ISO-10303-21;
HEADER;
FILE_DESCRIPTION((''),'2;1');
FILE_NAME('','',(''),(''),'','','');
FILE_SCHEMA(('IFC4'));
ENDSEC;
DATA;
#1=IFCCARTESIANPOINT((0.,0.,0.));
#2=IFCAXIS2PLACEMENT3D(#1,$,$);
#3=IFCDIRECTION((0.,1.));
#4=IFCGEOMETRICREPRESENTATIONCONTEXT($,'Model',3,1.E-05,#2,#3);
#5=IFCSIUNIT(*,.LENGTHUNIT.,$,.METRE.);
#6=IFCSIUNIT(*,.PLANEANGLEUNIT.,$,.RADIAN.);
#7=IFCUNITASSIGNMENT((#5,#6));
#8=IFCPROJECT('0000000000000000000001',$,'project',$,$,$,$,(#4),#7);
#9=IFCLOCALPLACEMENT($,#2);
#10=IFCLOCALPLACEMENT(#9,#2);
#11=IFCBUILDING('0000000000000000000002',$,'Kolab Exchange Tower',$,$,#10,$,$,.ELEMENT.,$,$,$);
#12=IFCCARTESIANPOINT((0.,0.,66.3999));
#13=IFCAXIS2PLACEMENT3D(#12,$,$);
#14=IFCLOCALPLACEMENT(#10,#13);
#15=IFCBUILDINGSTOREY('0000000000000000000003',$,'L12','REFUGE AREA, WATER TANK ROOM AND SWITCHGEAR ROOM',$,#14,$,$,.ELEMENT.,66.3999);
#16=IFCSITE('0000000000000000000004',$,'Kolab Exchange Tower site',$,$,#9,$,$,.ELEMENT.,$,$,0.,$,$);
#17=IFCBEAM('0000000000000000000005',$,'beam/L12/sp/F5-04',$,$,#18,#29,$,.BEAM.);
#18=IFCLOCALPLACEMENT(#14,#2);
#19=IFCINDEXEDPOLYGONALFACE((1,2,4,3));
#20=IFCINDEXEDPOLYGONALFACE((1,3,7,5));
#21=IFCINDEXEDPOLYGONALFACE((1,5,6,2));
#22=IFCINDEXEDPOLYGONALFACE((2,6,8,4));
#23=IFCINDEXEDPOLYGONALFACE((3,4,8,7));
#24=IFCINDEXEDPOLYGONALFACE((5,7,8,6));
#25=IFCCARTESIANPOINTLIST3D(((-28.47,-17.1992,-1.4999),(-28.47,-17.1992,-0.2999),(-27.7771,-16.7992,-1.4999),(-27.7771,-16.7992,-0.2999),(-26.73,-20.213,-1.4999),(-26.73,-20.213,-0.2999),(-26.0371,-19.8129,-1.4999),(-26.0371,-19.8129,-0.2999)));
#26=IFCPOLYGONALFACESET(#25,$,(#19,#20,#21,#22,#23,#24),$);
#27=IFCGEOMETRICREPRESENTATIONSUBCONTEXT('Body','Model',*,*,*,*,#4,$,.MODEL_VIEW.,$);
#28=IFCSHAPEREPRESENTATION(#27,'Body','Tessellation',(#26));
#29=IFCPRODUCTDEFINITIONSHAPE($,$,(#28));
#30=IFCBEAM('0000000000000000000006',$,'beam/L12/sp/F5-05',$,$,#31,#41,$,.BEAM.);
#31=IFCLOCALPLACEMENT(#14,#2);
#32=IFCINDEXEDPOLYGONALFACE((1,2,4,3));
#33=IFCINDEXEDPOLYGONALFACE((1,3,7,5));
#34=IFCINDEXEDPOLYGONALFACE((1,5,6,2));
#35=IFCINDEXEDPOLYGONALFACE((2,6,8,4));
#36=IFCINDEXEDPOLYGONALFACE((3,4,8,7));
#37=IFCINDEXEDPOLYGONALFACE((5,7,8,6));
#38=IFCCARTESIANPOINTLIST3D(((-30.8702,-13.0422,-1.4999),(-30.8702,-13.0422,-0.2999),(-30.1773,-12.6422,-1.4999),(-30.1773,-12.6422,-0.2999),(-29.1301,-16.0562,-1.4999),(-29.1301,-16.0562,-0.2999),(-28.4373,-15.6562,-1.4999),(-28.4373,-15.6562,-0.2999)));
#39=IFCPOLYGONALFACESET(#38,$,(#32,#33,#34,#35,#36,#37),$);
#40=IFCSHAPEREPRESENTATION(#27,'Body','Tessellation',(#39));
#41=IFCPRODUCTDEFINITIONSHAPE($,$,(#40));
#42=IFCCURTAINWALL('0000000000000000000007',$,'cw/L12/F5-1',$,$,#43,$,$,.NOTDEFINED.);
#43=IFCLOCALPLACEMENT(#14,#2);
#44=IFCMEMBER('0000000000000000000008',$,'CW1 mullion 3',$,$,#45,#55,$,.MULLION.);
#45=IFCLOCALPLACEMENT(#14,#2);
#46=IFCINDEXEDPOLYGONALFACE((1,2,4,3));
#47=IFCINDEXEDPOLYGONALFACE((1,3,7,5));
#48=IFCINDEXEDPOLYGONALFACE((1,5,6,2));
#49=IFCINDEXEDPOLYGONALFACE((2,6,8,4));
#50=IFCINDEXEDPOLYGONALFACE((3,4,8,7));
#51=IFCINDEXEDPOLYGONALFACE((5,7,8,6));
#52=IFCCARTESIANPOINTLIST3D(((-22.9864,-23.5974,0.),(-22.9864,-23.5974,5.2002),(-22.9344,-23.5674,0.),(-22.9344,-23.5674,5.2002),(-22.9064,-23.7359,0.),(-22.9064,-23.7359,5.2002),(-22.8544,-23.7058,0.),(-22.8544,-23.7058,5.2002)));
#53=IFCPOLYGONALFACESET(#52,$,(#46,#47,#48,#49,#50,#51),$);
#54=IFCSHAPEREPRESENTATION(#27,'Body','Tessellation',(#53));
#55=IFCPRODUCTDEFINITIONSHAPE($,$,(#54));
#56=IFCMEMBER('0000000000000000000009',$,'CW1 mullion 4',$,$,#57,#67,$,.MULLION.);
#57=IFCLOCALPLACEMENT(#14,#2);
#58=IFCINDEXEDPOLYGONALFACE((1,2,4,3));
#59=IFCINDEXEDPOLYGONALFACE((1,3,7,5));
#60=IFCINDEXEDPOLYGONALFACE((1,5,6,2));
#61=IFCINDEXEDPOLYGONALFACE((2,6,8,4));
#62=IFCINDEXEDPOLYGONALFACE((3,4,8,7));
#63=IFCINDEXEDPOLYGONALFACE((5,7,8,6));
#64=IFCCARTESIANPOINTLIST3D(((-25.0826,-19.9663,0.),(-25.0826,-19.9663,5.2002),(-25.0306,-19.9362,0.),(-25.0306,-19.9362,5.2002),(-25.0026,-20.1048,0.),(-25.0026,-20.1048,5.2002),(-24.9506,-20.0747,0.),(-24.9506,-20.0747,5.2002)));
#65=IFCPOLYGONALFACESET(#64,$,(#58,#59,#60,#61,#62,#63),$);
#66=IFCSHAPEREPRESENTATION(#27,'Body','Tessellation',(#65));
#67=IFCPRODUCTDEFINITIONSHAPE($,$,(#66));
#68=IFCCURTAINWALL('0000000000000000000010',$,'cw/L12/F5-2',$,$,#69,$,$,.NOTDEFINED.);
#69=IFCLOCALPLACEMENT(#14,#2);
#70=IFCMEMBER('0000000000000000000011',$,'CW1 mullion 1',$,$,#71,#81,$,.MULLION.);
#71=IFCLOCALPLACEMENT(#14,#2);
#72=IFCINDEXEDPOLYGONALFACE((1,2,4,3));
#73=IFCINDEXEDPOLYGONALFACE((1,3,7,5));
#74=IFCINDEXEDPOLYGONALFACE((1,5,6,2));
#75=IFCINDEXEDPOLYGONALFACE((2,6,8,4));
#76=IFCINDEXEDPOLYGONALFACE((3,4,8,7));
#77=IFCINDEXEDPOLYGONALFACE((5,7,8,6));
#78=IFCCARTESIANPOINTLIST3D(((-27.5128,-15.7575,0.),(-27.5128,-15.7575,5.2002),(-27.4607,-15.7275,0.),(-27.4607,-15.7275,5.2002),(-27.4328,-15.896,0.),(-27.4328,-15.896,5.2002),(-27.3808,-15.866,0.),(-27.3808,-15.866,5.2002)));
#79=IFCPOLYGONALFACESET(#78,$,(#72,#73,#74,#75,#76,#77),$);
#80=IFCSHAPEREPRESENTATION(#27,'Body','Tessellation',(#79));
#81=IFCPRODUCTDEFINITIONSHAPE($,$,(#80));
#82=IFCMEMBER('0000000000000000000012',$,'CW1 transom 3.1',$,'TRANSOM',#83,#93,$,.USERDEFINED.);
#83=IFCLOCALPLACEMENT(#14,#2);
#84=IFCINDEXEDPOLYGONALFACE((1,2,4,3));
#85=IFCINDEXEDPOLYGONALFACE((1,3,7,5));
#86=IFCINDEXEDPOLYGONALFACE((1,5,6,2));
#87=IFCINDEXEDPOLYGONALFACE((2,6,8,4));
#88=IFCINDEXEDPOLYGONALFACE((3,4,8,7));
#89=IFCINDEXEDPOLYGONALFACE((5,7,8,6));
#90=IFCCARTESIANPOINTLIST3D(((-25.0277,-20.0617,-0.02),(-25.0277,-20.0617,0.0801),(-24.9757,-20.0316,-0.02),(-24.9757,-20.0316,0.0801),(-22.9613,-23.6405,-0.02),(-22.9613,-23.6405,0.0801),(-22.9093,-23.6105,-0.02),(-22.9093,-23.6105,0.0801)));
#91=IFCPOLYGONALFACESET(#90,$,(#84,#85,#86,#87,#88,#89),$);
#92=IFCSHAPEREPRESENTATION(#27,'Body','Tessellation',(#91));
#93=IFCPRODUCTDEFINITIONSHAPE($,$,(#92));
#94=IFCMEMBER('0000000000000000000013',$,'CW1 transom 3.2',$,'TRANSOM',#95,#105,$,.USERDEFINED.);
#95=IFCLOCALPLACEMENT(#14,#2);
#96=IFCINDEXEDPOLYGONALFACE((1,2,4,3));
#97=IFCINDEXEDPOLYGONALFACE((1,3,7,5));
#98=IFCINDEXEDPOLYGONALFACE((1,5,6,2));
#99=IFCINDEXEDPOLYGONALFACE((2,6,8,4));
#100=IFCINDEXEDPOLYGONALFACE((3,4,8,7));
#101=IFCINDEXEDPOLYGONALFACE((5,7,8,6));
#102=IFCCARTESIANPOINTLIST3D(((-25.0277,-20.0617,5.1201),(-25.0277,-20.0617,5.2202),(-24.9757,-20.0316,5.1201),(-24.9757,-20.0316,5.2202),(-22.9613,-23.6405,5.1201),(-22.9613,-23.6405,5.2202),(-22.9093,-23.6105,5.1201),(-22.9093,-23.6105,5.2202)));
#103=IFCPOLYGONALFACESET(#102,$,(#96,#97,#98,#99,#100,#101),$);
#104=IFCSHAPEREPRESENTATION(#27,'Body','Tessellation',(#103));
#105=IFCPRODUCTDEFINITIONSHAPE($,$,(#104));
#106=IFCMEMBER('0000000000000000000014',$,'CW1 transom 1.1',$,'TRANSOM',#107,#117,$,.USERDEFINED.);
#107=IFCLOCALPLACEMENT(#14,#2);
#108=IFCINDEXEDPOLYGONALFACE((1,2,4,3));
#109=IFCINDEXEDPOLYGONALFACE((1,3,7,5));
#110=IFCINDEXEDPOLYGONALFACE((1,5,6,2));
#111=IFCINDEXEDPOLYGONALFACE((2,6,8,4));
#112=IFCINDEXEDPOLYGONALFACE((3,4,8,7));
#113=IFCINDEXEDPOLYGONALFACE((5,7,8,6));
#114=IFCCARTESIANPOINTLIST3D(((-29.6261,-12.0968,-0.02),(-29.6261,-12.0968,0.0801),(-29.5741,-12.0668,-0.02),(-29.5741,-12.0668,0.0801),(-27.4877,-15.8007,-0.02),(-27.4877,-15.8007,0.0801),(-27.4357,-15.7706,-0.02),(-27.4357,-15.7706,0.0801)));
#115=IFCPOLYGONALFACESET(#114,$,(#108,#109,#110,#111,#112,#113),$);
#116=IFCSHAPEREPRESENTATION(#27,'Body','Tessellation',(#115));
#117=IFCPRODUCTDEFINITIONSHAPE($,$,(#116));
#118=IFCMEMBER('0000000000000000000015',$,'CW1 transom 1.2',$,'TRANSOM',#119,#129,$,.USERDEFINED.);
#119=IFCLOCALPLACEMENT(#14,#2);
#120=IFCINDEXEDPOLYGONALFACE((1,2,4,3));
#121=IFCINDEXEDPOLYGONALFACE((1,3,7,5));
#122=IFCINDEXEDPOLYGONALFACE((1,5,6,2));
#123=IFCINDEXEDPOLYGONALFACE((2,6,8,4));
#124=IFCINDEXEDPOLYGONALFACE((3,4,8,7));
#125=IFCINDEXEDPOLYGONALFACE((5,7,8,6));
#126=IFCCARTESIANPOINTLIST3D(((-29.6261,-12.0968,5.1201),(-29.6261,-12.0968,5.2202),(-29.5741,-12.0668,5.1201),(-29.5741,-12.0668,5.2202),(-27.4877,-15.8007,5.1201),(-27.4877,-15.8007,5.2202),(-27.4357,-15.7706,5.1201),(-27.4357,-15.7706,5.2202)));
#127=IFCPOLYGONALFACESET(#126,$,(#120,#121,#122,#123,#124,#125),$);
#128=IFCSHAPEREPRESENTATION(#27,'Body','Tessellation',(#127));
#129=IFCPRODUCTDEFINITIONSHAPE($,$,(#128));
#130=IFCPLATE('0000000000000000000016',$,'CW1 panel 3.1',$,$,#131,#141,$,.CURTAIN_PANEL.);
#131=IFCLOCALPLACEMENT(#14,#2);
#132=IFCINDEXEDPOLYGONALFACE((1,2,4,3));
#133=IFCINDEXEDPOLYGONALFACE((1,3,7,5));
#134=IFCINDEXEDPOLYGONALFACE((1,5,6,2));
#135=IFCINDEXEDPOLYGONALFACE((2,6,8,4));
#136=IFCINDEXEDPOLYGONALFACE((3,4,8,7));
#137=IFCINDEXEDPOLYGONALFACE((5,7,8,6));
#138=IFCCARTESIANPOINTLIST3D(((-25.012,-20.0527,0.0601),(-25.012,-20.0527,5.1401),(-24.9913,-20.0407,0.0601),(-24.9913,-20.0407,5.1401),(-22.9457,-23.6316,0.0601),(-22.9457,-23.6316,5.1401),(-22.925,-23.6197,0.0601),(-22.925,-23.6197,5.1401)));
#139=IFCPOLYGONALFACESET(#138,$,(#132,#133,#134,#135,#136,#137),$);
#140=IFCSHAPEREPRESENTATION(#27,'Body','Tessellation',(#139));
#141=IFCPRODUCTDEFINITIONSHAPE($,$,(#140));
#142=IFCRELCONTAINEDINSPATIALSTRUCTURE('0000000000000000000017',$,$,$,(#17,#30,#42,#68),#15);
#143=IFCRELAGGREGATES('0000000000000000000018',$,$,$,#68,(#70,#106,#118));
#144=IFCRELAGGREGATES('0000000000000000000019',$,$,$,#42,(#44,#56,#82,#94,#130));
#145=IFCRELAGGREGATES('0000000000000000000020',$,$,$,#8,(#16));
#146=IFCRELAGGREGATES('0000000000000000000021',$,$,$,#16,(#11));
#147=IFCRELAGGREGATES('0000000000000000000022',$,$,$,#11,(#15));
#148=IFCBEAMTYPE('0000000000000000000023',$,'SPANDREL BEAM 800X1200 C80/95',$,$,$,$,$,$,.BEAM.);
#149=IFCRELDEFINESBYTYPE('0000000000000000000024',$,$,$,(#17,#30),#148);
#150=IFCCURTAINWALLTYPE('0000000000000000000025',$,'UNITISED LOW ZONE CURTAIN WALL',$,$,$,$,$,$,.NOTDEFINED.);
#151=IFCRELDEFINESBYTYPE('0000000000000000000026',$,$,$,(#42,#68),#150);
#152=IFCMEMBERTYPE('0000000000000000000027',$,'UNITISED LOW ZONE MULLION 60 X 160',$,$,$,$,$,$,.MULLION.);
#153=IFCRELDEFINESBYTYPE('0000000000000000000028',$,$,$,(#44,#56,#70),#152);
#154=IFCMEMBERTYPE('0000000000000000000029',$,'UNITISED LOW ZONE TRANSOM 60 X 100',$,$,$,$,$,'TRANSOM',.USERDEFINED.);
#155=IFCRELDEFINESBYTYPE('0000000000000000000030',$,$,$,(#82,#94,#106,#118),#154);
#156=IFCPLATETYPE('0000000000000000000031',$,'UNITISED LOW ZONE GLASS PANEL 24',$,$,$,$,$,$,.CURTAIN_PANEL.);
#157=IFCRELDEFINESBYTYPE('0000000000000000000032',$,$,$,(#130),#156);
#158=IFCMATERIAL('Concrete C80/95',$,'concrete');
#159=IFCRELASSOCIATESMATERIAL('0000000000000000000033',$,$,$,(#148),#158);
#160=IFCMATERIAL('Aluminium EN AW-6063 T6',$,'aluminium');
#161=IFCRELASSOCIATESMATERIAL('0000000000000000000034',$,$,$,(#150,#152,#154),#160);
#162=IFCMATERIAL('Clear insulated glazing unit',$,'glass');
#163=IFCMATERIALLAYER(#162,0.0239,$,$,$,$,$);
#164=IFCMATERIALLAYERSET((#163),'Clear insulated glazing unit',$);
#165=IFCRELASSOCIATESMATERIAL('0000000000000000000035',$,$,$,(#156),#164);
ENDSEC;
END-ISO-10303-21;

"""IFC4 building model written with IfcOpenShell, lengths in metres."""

from ifc_helpers import new_model, si_unit, direction, frame, origin, origin_2d, place, context, subcontext, project, spatial, rectangle, extrude, material, layer, layer_set, material_profile, profile_set, type_object, element, aggregate, save


model = new_model("IFC4")

# Units and contexts
model_context = context("Model", 3, precision=1e-05, world=origin(), true_north=direction((0.0, 1.0)))
body_context = subcontext(model_context, "Body", "Model", "MODEL_VIEW")
ifc_project = project(units=[si_unit("LENGTHUNIT", "METRE"), si_unit("PLANEANGLEUNIT", "RADIAN")], contexts=[model_context])

# Site, building, storey
site_placement = place(None, origin())
site = spatial("IfcSite", under=ifc_project, at=site_placement, Name="Kolab Exchange Tower site", CompositionType="ELEMENT", RefElevation=0.0)
building_placement = place(site_placement, origin())
building = spatial("IfcBuilding", under=site, at=building_placement, Name="Kolab Exchange Tower", CompositionType="ELEMENT")
storey_placement = place(building_placement, frame((0.0, 0.0, 66.3999)))
storey = spatial("IfcBuildingStorey", under=building, at=storey_placement, Name="L12", Description="REFUGE AREA, WATER TANK ROOM AND SWITCHGEAR ROOM", CompositionType="ELEMENT", Elevation=66.3999)

# Shared definitions
ifc_material_1 = material(Name="Concrete C80/95", Category="concrete")

# Beams
ifc_material_profile_1 = material_profile(ifc_material_1, rectangle(XDim=0.8, YDim=1.2, at=origin_2d()), Name="RC800X1200")
ifc_profile_set_1 = profile_set([ifc_material_profile_1], Name="Concrete C80/95")
beam_type_1 = type_object("IfcBeamType", Name="SPANDREL BEAM 800X1200 C80/95", PredefinedType="BEAM", material=ifc_profile_set_1)
beam_1_placement = place(storey_placement, frame((-26.3835, -20.0129, -0.8999), z_axis=(-0.50001, 0.86602, 0.0), x_axis=(-0.86602, -0.50001, 0.0)))
element("IfcBeam", 1, at=beam_1_placement, inside=storey, type_object=beam_type_1, Name="beam/L12/sp/F5-04", PredefinedType="BEAM", context=body_context, shape_type="SweptSolid", body=[
    extrude(rectangle(XDim=0.8, YDim=1.2, at=origin_2d()), origin(), (0.0, 0.0, 1.0), 3.48),
])
beam_2_placement = place(storey_placement, frame((-28.7837, -15.8562, -0.8999), z_axis=(-0.49998, 0.866037, 0.0), x_axis=(-0.866037, -0.49998, 0.0)))
element("IfcBeam", 2, at=beam_2_placement, inside=storey, type_object=beam_type_1, Name="beam/L12/sp/F5-05", PredefinedType="BEAM", context=body_context, shape_type="SweptSolid", body=[
    extrude(rectangle(XDim=0.8, YDim=1.2, at=origin_2d()), origin(), (0.0, 0.0, 1.0), 3.4802),
])

# Curtain wall, members
ifc_material_2 = material(Name="Aluminium EN AW-6063 T6", Category="aluminium")
curtain_wall_type = type_object("IfcCurtainWallType", Name="UNITISED LOW ZONE CURTAIN WALL", PredefinedType="NOTDEFINED", material=ifc_material_2)
curtain_wall_1_placement = place(storey_placement, origin())
curtain_wall_1 = element("IfcCurtainWall", 3, at=curtain_wall_1_placement, inside=storey, type_object=curtain_wall_type, Name="cw/L12/F5-1", PredefinedType="NOTDEFINED")
ifc_material_profile_2 = material_profile(ifc_material_2, rectangle(XDim=0.0601, YDim=0.1599, at=origin_2d()), Name="RECT 60X160")
ifc_profile_set_2 = profile_set([ifc_material_profile_2], Name="Aluminium EN AW-6063 T6")
member_type_1 = type_object("IfcMemberType", Name="UNITISED LOW ZONE MULLION 60 X 160", PredefinedType="MULLION", material=ifc_profile_set_2)
member_1_placement = place(storey_placement, frame((-22.9204, -23.6516, 0.0), z_axis=(0.0, 0.0, 1.0), x_axis=(-0.866025, -0.5, 0.0)))
member_1 = element("IfcMember", 4, at=member_1_placement, type_object=member_type_1, Name="CW1 mullion 3", PredefinedType="MULLION", context=body_context, shape_type="SweptSolid", body=[
    extrude(rectangle(XDim=0.0601, YDim=0.1599, at=origin_2d()), origin(), (0.0, 0.0, 1.0), 5.2002),
])
member_2_placement = place(storey_placement, frame((-25.0166, -20.0205, 0.0), z_axis=(0.0, 0.0, 1.0), x_axis=(-0.866025, -0.5, 0.0)))
member_2 = element("IfcMember", 5, at=member_2_placement, type_object=member_type_1, Name="CW1 mullion 4", PredefinedType="MULLION", context=body_context, shape_type="SweptSolid", body=[
    extrude(rectangle(XDim=0.0601, YDim=0.1599, at=origin_2d()), origin(), (0.0, 0.0, 1.0), 5.2002),
])

# Curtain wall, member
curtain_wall_2_placement = place(storey_placement, origin())
curtain_wall_2 = element("IfcCurtainWall", 6, at=curtain_wall_2_placement, inside=storey, type_object=curtain_wall_type, Name="cw/L12/F5-2", PredefinedType="NOTDEFINED")
member_3_placement = place(storey_placement, frame((-27.4468, -15.8118, 0.0), z_axis=(0.0, 0.0, 1.0), x_axis=(-0.866025, -0.5, 0.0)))
member_3 = element("IfcMember", 7, at=member_3_placement, type_object=member_type_1, Name="CW1 mullion 1", PredefinedType="MULLION", context=body_context, shape_type="SweptSolid", body=[
    extrude(rectangle(XDim=0.0601, YDim=0.1599, at=origin_2d()), origin(), (0.0, 0.0, 1.0), 5.2002),
])

# Members
ifc_material_profile_3 = material_profile(ifc_material_2, rectangle(XDim=0.0601, YDim=0.1001, at=origin_2d()), Name="RECT 60X100")
ifc_profile_set_3 = profile_set([ifc_material_profile_3], Name="Aluminium EN AW-6063 T6")
member_type_2 = type_object("IfcMemberType", Name="UNITISED LOW ZONE TRANSOM 60 X 100", ElementType="TRANSOM", PredefinedType="USERDEFINED", material=ifc_profile_set_3)
member_4_placement = place(storey_placement, frame((-22.9353, -23.6255, 0.03), z_axis=(-0.500028, 0.866009, 0.0), x_axis=(-0.866009, -0.500028, 0.0)))
member_4 = element("IfcMember", 8, at=member_4_placement, type_object=member_type_2, Name="CW1 transom 3.1", ObjectType="TRANSOM", PredefinedType="USERDEFINED", context=body_context, shape_type="SweptSolid", body=[
    extrude(rectangle(XDim=0.0601, YDim=0.1001, at=origin_2d()), origin(), (0.0, 0.0, 1.0), 4.1326),
])
member_5_placement = place(storey_placement, frame((-22.9353, -23.6255, 5.1702), z_axis=(-0.500028, 0.866009, 0.0), x_axis=(-0.866009, -0.500028, 0.0)))
member_5 = element("IfcMember", 9, at=member_5_placement, type_object=member_type_2, Name="CW1 transom 3.2", ObjectType="TRANSOM", PredefinedType="USERDEFINED", context=body_context, shape_type="SweptSolid", body=[
    extrude(rectangle(XDim=0.0601, YDim=0.1001, at=origin_2d()), origin(), (0.0, 0.0, 1.0), 4.1326),
])
member_6_placement = place(storey_placement, frame((-27.4617, -15.7856, 0.03), z_axis=(-0.500001, 0.866025, 0.0), x_axis=(-0.866025, -0.500001, 0.0)))
member_6 = element("IfcMember", 10, at=member_6_placement, type_object=member_type_2, Name="CW1 transom 1.1", ObjectType="TRANSOM", PredefinedType="USERDEFINED", context=body_context, shape_type="SweptSolid", body=[
    extrude(rectangle(XDim=0.0601, YDim=0.1001, at=origin_2d()), origin(), (0.0, 0.0, 1.0), 4.2769),
])
member_7_placement = place(storey_placement, frame((-27.4617, -15.7856, 5.1702), z_axis=(-0.500001, 0.866025, 0.0), x_axis=(-0.866025, -0.500001, 0.0)))
member_7 = element("IfcMember", 11, at=member_7_placement, type_object=member_type_2, Name="CW1 transom 1.2", ObjectType="TRANSOM", PredefinedType="USERDEFINED", context=body_context, shape_type="SweptSolid", body=[
    extrude(rectangle(XDim=0.0601, YDim=0.1001, at=origin_2d()), origin(), (0.0, 0.0, 1.0), 4.2769),
])
aggregate(curtain_wall_2, [member_3, member_6, member_7])

# Plate
ifc_material_3 = material(Name="Clear insulated glazing unit", Category="glass")
ifc_layer_1 = layer(ifc_material_3, 0.0239)
ifc_layer_set_1 = layer_set([ifc_layer_1], Name="Clear insulated glazing unit")
plate_type = type_object("IfcPlateType", Name="UNITISED LOW ZONE GLASS PANEL 24", PredefinedType="CURTAIN_PANEL", material=ifc_layer_set_1)
plate_placement = place(storey_placement, frame((-23.9685, -21.8362, 0.0601), z_axis=(0.0, 0.0, 1.0), x_axis=(-0.5, 0.866025, 0.0)))
plate = element("IfcPlate", 12, at=plate_placement, type_object=plate_type, Name="CW1 panel 3.1", PredefinedType="CURTAIN_PANEL", context=body_context, shape_type="SweptSolid", body=[
    extrude(rectangle(XDim=4.1326, YDim=0.0239, at=origin_2d()), origin(), (0.0, 0.0, 1.0), 5.0801),
])
aggregate(curtain_wall_1, [member_1, member_2, member_4, member_5, plate])

save(model, "model.ifc")
